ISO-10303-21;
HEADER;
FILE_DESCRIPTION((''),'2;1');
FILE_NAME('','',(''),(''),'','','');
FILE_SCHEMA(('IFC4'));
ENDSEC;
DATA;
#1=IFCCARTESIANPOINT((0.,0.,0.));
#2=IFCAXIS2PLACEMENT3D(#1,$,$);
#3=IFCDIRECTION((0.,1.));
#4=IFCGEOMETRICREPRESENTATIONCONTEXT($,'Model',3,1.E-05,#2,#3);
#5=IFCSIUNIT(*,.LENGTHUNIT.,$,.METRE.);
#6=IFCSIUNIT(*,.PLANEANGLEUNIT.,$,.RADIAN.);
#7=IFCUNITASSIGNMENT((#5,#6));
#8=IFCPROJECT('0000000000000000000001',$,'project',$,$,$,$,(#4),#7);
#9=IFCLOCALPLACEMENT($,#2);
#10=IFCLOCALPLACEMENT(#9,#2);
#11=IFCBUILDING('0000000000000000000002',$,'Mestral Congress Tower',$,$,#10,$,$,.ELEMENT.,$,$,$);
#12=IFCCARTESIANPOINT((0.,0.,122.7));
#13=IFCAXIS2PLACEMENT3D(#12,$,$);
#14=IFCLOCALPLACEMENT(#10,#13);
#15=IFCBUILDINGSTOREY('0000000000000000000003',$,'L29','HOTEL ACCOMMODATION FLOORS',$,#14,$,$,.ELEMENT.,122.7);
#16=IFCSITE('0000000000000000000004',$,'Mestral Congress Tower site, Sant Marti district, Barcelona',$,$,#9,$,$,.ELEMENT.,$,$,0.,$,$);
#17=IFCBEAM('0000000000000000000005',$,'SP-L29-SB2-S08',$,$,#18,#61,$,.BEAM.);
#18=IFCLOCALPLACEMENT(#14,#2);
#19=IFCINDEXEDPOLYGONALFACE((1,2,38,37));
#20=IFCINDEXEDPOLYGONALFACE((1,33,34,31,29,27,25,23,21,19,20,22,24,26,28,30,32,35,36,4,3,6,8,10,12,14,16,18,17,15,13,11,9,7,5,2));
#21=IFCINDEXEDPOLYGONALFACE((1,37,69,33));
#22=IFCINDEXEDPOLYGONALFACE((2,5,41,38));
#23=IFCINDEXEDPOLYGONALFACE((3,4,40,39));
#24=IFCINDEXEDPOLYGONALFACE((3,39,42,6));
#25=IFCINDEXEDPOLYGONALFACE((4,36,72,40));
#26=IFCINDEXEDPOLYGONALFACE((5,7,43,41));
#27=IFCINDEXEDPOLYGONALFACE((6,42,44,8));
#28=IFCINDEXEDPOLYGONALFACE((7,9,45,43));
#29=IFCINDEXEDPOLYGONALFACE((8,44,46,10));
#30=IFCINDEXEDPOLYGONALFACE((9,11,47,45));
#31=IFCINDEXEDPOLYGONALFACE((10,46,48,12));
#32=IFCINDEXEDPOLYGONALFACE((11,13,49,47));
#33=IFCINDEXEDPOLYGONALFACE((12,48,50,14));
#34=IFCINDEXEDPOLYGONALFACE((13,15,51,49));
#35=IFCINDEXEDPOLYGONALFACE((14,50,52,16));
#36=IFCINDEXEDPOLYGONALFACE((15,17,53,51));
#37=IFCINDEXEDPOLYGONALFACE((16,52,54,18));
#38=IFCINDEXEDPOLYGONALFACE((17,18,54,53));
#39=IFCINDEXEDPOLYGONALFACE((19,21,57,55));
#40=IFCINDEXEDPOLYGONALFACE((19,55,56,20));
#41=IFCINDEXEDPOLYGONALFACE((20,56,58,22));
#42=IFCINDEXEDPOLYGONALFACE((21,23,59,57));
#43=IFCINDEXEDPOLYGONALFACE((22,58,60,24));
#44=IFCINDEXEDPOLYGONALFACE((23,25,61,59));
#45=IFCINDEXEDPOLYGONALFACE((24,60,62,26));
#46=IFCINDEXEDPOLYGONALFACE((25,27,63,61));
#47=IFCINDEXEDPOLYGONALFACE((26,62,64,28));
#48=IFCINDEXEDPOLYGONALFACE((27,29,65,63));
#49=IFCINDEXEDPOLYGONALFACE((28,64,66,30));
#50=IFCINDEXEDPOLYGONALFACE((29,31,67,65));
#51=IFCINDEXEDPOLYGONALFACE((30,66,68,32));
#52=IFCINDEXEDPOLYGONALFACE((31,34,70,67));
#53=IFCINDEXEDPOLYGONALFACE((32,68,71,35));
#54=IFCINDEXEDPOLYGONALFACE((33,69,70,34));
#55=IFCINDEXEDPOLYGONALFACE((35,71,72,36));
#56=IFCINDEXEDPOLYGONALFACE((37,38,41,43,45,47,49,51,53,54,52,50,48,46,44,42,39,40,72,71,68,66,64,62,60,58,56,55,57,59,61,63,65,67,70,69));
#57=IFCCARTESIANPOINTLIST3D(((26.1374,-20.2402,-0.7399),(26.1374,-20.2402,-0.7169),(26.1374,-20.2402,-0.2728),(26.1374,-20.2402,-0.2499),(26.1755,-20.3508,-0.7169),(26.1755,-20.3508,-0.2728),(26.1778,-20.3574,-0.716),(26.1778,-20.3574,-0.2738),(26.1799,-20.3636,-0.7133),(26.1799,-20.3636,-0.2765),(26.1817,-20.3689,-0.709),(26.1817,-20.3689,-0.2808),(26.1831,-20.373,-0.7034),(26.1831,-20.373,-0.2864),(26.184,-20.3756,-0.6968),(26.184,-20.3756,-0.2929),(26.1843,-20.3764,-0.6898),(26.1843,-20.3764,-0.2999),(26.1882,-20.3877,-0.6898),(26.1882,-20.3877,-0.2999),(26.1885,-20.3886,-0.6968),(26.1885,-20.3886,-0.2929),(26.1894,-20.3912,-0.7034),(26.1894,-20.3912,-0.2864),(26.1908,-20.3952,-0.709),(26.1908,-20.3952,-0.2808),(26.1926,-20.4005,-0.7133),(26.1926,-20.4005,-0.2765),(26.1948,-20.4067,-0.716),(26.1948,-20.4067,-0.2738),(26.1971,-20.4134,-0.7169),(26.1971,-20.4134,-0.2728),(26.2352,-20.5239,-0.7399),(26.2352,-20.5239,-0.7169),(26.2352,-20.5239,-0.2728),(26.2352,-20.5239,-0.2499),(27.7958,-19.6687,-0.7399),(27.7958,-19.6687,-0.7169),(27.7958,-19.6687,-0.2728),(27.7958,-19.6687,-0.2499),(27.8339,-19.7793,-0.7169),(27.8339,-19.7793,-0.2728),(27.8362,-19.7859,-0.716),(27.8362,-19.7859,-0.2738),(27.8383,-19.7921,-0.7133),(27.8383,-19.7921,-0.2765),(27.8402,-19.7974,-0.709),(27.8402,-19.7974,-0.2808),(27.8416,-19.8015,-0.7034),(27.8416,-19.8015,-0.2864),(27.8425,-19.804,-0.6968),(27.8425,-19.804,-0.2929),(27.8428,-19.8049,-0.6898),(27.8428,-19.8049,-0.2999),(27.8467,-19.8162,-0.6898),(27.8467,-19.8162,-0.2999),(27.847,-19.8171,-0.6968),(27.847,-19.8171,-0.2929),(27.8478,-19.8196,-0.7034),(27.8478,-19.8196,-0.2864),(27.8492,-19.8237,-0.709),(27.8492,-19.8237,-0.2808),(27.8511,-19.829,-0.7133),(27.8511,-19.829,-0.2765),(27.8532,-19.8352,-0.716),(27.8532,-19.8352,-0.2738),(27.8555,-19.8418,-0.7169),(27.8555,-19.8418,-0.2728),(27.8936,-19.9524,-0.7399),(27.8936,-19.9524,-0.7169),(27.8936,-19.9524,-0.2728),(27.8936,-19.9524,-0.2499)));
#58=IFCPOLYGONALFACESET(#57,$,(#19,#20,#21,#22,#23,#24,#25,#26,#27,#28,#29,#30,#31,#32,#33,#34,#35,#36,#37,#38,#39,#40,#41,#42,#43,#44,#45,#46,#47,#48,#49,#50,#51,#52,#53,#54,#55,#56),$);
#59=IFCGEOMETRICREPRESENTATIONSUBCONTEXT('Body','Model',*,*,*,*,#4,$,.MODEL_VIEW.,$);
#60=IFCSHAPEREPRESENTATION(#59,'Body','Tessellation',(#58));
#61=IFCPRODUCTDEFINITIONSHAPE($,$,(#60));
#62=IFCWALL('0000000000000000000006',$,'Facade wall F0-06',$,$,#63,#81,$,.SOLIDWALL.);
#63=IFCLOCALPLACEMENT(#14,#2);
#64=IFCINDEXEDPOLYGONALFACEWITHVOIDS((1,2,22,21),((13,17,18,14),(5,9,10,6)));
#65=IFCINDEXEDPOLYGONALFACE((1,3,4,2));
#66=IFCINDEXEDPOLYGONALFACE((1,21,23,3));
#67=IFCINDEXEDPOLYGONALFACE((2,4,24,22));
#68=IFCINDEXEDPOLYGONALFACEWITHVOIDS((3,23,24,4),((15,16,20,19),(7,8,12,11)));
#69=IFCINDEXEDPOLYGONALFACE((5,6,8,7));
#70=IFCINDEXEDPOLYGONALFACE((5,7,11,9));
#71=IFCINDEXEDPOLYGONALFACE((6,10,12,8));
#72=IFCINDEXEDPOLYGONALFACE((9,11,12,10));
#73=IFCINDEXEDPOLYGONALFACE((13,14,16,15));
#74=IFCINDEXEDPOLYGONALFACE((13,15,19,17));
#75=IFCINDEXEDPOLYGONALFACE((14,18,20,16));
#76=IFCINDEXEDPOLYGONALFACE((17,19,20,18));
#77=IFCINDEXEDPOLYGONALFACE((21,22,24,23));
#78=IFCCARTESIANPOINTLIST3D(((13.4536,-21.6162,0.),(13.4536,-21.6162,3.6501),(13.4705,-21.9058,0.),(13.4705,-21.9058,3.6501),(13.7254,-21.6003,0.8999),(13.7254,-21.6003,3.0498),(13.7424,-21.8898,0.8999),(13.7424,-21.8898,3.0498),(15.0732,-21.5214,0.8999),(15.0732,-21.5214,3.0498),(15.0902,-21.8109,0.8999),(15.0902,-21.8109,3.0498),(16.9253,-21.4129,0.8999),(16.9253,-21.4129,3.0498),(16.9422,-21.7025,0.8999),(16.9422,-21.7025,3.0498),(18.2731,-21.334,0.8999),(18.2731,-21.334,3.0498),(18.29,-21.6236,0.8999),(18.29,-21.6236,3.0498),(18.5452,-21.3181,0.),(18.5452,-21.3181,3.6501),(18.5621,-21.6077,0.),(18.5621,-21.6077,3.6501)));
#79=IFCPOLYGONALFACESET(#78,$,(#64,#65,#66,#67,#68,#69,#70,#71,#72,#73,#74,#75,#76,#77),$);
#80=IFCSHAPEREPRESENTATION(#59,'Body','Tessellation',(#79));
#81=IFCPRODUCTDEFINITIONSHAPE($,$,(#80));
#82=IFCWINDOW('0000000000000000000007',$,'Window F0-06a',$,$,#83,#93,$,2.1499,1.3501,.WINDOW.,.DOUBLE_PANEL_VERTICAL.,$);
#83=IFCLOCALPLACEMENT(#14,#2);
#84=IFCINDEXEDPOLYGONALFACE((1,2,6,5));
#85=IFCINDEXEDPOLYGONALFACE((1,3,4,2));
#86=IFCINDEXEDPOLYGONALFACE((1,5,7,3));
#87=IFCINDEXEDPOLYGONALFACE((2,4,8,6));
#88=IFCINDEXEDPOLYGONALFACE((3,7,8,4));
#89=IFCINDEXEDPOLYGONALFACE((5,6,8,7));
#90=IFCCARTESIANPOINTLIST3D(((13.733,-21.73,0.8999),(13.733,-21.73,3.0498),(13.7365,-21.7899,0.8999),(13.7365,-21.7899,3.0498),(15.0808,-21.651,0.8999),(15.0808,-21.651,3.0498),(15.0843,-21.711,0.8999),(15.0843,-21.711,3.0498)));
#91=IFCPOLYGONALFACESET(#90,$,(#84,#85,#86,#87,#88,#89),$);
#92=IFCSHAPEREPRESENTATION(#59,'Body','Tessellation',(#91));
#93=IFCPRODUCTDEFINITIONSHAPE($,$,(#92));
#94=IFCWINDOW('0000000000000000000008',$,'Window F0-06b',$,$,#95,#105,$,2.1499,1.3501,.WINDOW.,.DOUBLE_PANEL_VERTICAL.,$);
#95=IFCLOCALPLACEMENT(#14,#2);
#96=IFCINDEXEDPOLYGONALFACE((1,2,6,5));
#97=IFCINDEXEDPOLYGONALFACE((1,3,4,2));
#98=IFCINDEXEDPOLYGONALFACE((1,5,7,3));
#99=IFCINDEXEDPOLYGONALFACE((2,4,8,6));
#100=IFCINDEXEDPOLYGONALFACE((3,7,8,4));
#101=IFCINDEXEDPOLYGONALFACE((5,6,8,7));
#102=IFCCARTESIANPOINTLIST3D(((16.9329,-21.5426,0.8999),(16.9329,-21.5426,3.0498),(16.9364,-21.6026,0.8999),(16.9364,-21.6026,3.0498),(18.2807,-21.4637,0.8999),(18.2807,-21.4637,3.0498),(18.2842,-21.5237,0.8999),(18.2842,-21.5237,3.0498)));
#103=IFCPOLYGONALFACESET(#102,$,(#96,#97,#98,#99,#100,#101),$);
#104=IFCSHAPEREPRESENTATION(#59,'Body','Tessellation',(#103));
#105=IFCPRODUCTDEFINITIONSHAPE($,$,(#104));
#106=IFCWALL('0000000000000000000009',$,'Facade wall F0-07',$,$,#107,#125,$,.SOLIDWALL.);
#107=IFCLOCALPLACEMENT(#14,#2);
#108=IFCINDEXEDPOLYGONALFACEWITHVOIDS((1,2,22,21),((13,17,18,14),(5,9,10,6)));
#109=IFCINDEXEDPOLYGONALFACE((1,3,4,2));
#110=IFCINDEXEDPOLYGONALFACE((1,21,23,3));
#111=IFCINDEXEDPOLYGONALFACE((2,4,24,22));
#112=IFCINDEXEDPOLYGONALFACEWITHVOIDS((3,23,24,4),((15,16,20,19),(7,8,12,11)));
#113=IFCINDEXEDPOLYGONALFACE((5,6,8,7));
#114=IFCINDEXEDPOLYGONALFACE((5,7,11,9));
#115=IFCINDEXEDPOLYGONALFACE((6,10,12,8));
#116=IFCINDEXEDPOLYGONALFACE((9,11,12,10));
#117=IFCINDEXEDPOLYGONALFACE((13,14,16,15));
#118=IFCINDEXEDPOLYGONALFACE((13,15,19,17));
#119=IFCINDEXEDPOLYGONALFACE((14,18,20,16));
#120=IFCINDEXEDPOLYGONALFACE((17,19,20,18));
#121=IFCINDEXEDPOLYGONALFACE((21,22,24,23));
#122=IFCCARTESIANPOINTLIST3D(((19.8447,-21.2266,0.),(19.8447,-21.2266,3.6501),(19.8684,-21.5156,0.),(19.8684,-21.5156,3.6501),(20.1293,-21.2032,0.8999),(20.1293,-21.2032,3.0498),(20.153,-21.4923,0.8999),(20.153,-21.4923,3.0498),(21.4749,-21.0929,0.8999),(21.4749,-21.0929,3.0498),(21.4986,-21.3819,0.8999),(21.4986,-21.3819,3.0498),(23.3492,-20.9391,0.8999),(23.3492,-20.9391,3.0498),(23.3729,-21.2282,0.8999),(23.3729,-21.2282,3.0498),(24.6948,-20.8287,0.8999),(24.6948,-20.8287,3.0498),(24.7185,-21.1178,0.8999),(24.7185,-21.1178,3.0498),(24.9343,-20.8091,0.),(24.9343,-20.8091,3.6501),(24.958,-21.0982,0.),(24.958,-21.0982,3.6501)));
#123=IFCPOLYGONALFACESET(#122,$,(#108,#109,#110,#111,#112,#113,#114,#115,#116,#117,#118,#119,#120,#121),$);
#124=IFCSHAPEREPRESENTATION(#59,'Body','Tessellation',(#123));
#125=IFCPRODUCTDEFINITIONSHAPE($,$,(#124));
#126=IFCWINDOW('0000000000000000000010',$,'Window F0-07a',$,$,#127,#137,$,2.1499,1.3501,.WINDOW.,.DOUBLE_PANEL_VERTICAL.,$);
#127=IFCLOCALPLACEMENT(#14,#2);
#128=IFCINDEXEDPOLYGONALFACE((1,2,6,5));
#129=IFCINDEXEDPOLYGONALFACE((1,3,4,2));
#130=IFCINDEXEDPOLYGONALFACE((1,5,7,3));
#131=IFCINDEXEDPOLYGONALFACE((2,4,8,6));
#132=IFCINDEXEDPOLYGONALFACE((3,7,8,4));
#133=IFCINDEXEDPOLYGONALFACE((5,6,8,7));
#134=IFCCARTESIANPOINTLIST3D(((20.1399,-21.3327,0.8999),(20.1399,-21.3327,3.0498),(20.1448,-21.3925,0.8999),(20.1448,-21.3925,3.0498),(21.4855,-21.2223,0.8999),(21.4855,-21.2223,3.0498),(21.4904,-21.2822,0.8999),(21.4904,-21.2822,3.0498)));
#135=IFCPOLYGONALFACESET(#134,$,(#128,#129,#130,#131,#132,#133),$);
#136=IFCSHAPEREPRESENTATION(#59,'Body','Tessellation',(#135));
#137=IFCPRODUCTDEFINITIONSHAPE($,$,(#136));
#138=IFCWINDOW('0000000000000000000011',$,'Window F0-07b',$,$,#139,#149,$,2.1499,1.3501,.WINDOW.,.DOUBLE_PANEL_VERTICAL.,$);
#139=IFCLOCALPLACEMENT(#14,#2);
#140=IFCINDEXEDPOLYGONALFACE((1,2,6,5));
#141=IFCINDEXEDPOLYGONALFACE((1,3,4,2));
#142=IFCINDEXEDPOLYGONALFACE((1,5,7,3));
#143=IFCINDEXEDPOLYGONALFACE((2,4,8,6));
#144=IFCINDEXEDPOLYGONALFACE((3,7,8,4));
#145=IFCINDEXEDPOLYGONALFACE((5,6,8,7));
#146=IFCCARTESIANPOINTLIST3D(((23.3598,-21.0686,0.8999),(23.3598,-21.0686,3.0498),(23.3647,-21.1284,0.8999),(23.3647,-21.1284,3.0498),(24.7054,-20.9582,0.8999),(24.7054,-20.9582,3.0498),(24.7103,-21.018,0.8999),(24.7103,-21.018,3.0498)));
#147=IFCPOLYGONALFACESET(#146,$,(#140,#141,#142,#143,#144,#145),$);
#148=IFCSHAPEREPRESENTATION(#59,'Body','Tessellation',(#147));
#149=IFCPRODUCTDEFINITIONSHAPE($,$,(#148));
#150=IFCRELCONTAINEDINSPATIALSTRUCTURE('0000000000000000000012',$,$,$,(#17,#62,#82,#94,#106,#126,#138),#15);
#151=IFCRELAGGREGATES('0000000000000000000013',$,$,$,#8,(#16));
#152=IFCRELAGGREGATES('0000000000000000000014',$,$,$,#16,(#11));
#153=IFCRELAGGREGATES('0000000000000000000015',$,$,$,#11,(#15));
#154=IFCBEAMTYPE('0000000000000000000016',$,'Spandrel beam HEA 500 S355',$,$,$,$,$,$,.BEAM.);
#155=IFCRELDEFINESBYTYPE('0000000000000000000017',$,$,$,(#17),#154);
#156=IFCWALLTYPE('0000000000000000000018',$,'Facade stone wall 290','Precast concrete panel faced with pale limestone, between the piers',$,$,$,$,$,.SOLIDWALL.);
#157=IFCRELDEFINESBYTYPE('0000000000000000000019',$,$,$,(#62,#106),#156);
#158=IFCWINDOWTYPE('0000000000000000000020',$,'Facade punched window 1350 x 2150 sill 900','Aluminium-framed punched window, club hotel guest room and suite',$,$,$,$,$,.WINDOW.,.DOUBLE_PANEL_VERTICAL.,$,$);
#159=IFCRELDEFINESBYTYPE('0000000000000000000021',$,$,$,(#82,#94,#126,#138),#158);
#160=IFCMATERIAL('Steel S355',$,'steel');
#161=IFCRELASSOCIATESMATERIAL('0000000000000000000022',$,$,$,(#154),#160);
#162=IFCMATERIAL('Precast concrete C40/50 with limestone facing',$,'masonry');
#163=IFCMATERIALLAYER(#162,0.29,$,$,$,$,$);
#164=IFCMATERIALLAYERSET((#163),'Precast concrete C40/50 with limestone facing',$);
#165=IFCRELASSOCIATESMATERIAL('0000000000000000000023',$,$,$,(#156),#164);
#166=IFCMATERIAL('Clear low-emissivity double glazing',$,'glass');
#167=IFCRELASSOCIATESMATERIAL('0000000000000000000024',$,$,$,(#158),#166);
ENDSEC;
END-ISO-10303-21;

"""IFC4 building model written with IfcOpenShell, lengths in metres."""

from ifc_helpers import new_model, si_unit, direction, frame, frame_2d, origin, origin_2d, place, context, subcontext, project, spatial, rectangle, i_section, extrude, material, layer, layer_set, material_profile, profile_set, type_object, element, fill, save


model = new_model("IFC4")

# Units and contexts
model_context = context("Model", 3, precision=1e-05, world=origin(), true_north=direction((0.0, 1.0)))
body_context = subcontext(model_context, "Body", "Model", "MODEL_VIEW")
ifc_project = project(units=[si_unit("LENGTHUNIT", "METRE"), si_unit("PLANEANGLEUNIT", "RADIAN")], contexts=[model_context])

# Site, building, storey
site_placement = place(None, origin())
site = spatial("IfcSite", under=ifc_project, at=site_placement, Name="Mestral Congress Tower site, Sant Marti district, Barcelona", CompositionType="ELEMENT", RefElevation=0.0)
building_placement = place(site_placement, origin())
building = spatial("IfcBuilding", under=site, at=building_placement, Name="Mestral Congress Tower", CompositionType="ELEMENT")
storey_placement = place(building_placement, frame((0.0, 0.0, 122.7)))
storey = spatial("IfcBuildingStorey", under=building, at=storey_placement, Name="L29", Description="HOTEL ACCOMMODATION FLOORS", CompositionType="ELEMENT", Elevation=122.7)

# Beam
ifc_material_1 = material(Name="Steel S355", Category="steel")
ifc_material_profile_1 = material_profile(ifc_material_1, i_section(OverallWidth=0.3, OverallDepth=0.49, WebThickness=0.012, FlangeThickness=0.0229, FilletRadius=0.0271, at=origin_2d()), Name="HEA 500")
ifc_profile_set_1 = profile_set([ifc_material_profile_1], Name="Steel S355")
beam_type_1 = type_object("IfcBeamType", Name="Spandrel beam HEA 500 S355", PredefinedType="BEAM", material=ifc_profile_set_1)
beam_1_placement = place(storey_placement, frame((26.1863, -20.3821, -0.4949), z_axis=(0.945434, 0.325815, 0.0), x_axis=(-0.325815, 0.945434, 0.0)))
element("IfcBeam", 1, at=beam_1_placement, inside=storey, type_object=beam_type_1, Name="SP-L29-SB2-S08", PredefinedType="BEAM", context=body_context, shape_type="SweptSolid", body=[
    extrude(i_section(OverallWidth=0.3, OverallDepth=0.49, WebThickness=0.012, FlangeThickness=0.0229, FilletRadius=0.0271, at=origin_2d()), origin(), (0.0, 0.0, 1.0), 1.7542),
])

# Walls, openings, windows
ifc_material_2 = material(Name="Precast concrete C40/50 with limestone facing", Category="masonry")
ifc_layer_1 = layer(ifc_material_2, 0.29)
ifc_layer_set_1 = layer_set([ifc_layer_1], Name="Precast concrete C40/50 with limestone facing")
wall_type_1 = type_object("IfcWallType", Name="Facade stone wall 290", Description="Precast concrete panel faced with pale limestone, between the piers", PredefinedType="SOLIDWALL", material=ifc_layer_set_1)
wall_1_placement = place(storey_placement, frame((13.4619, -21.761, 0.0), z_axis=(0.0, 0.0, 1.0), x_axis=(0.998291, 0.058447, 0.0)))
wall_1 = element("IfcWall", 2, at=wall_1_placement, inside=storey, type_object=wall_type_1, Name="Facade wall F0-06", PredefinedType="SOLIDWALL", context=body_context, shape_type="SweptSolid", body=[
    extrude(rectangle(XDim=5.1003, YDim=0.29, at=frame_2d((2.5503, 0.0))), origin(), (0.0, 0.0, 1.0), 3.6501),
])
opening_1_placement = place(wall_1_placement, frame((0.2725, 0.0, 0.8999)))
opening_1 = element("IfcOpeningElement", 3, at=opening_1_placement, cuts=wall_1, PredefinedType="OPENING", context=body_context, shape_type="SweptSolid", body=[
    extrude(rectangle(XDim=1.3501, YDim=2.1499, at=frame_2d((0.675, 1.075))), frame((0.0, 0.155, 0.0), z_axis=(0.0, -1.0, 0.0), x_axis=(1.0, 0.0, 0.0)), (0.0, 0.0, 1.0), 0.3101),
])
opening_2_placement = place(wall_1_placement, frame((3.4778, 0.0, 0.8999)))
opening_2 = element("IfcOpeningElement", 4, at=opening_2_placement, cuts=wall_1, PredefinedType="OPENING", context=body_context, shape_type="SweptSolid", body=[
    extrude(rectangle(XDim=1.3501, YDim=2.1499, at=frame_2d((0.675, 1.075))), frame((0.0, 0.155, 0.0), z_axis=(0.0, -1.0, 0.0), x_axis=(1.0, 0.0, 0.0)), (0.0, 0.0, 1.0), 0.3101),
])
ifc_material_3 = material(Name="Clear low-emissivity double glazing", Category="glass")
window_type_1 = type_object("IfcWindowType", Name="Facade punched window 1350 x 2150 sill 900", Description="Aluminium-framed punched window, club hotel guest room and suite", PartitioningType="DOUBLE_PANEL_VERTICAL", PredefinedType="WINDOW", material=ifc_material_3)
window_1_placement = place(opening_1_placement, origin())
window_1 = element("IfcWindow", 5, at=window_1_placement, inside=storey, type_object=window_type_1, Name="Window F0-06a", OverallHeight=2.1499, OverallWidth=1.3501, PartitioningType="DOUBLE_PANEL_VERTICAL", PredefinedType="WINDOW", context=body_context, shape_type="SweptSolid", body=[
    extrude(rectangle(XDim=1.3501, YDim=2.1499, at=frame_2d((0.675, 1.075))), frame((0.0, 0.0151, 0.0), z_axis=(0.0, -1.0, 0.0), x_axis=(1.0, 0.0, 0.0)), (0.0, 0.0, 1.0), 0.0601),
])
fill(opening_1, window_1)
window_2_placement = place(opening_2_placement, origin())
window_2 = element("IfcWindow", 6, at=window_2_placement, inside=storey, type_object=window_type_1, Name="Window F0-06b", OverallHeight=2.1499, OverallWidth=1.3501, PartitioningType="DOUBLE_PANEL_VERTICAL", PredefinedType="WINDOW", context=body_context, shape_type="SweptSolid", body=[
    extrude(rectangle(XDim=1.3501, YDim=2.1499, at=frame_2d((0.675, 1.075))), frame((0.0, 0.0151, 0.0), z_axis=(0.0, -1.0, 0.0), x_axis=(1.0, 0.0, 0.0)), (0.0, 0.0, 1.0), 0.0601),
])
fill(opening_2, window_2)
wall_2_placement = place(storey_placement, frame((19.8567, -21.3711, 0.0), z_axis=(0.0, 0.0, 1.0), x_axis=(0.996653, 0.081752, 0.0)))
wall_2 = element("IfcWall", 7, at=wall_2_placement, inside=storey, type_object=wall_type_1, Name="Facade wall F0-07", PredefinedType="SOLIDWALL", context=body_context, shape_type="SweptSolid", body=[
    extrude(rectangle(XDim=5.1067, YDim=0.29, at=frame_2d((2.5532, 0.0))), origin(), (0.0, 0.0, 1.0), 3.6501),
])
opening_3_placement = place(wall_2_placement, frame((0.2854, 0.0, 0.8999)))
opening_3 = element("IfcOpeningElement", 8, at=opening_3_placement, cuts=wall_2, PredefinedType="OPENING", context=body_context, shape_type="SweptSolid", body=[
    extrude(rectangle(XDim=1.3501, YDim=2.1499, at=frame_2d((0.675, 1.075))), frame((0.0, 0.155, 0.0), z_axis=(0.0, -1.0, 0.0), x_axis=(1.0, 0.0, 0.0)), (0.0, 0.0, 1.0), 0.3101),
])
opening_4_placement = place(wall_2_placement, frame((3.5161, 0.0, 0.8999)))
opening_4 = element("IfcOpeningElement", 9, at=opening_4_placement, cuts=wall_2, PredefinedType="OPENING", context=body_context, shape_type="SweptSolid", body=[
    extrude(rectangle(XDim=1.3501, YDim=2.1499, at=frame_2d((0.675, 1.075))), frame((0.0, 0.155, 0.0), z_axis=(0.0, -1.0, 0.0), x_axis=(1.0, 0.0, 0.0)), (0.0, 0.0, 1.0), 0.3101),
])
window_3_placement = place(opening_3_placement, origin())
window_3 = element("IfcWindow", 10, at=window_3_placement, inside=storey, type_object=window_type_1, Name="Window F0-07a", OverallHeight=2.1499, OverallWidth=1.3501, PartitioningType="DOUBLE_PANEL_VERTICAL", PredefinedType="WINDOW", context=body_context, shape_type="SweptSolid", body=[
    extrude(rectangle(XDim=1.3501, YDim=2.1499, at=frame_2d((0.675, 1.075))), frame((0.0, 0.0151, 0.0), z_axis=(0.0, -1.0, 0.0), x_axis=(1.0, 0.0, 0.0)), (0.0, 0.0, 1.0), 0.0601),
])
fill(opening_3, window_3)
window_4_placement = place(opening_4_placement, origin())
window_4 = element("IfcWindow", 11, at=window_4_placement, inside=storey, type_object=window_type_1, Name="Window F0-07b", OverallHeight=2.1499, OverallWidth=1.3501, PartitioningType="DOUBLE_PANEL_VERTICAL", PredefinedType="WINDOW", context=body_context, shape_type="SweptSolid", body=[
    extrude(rectangle(XDim=1.3501, YDim=2.1499, at=frame_2d((0.675, 1.075))), frame((0.0, 0.0151, 0.0), z_axis=(0.0, -1.0, 0.0), x_axis=(1.0, 0.0, 0.0)), (0.0, 0.0, 1.0), 0.0601),
])
fill(opening_4, window_4)

save(model, "model.ifc")
